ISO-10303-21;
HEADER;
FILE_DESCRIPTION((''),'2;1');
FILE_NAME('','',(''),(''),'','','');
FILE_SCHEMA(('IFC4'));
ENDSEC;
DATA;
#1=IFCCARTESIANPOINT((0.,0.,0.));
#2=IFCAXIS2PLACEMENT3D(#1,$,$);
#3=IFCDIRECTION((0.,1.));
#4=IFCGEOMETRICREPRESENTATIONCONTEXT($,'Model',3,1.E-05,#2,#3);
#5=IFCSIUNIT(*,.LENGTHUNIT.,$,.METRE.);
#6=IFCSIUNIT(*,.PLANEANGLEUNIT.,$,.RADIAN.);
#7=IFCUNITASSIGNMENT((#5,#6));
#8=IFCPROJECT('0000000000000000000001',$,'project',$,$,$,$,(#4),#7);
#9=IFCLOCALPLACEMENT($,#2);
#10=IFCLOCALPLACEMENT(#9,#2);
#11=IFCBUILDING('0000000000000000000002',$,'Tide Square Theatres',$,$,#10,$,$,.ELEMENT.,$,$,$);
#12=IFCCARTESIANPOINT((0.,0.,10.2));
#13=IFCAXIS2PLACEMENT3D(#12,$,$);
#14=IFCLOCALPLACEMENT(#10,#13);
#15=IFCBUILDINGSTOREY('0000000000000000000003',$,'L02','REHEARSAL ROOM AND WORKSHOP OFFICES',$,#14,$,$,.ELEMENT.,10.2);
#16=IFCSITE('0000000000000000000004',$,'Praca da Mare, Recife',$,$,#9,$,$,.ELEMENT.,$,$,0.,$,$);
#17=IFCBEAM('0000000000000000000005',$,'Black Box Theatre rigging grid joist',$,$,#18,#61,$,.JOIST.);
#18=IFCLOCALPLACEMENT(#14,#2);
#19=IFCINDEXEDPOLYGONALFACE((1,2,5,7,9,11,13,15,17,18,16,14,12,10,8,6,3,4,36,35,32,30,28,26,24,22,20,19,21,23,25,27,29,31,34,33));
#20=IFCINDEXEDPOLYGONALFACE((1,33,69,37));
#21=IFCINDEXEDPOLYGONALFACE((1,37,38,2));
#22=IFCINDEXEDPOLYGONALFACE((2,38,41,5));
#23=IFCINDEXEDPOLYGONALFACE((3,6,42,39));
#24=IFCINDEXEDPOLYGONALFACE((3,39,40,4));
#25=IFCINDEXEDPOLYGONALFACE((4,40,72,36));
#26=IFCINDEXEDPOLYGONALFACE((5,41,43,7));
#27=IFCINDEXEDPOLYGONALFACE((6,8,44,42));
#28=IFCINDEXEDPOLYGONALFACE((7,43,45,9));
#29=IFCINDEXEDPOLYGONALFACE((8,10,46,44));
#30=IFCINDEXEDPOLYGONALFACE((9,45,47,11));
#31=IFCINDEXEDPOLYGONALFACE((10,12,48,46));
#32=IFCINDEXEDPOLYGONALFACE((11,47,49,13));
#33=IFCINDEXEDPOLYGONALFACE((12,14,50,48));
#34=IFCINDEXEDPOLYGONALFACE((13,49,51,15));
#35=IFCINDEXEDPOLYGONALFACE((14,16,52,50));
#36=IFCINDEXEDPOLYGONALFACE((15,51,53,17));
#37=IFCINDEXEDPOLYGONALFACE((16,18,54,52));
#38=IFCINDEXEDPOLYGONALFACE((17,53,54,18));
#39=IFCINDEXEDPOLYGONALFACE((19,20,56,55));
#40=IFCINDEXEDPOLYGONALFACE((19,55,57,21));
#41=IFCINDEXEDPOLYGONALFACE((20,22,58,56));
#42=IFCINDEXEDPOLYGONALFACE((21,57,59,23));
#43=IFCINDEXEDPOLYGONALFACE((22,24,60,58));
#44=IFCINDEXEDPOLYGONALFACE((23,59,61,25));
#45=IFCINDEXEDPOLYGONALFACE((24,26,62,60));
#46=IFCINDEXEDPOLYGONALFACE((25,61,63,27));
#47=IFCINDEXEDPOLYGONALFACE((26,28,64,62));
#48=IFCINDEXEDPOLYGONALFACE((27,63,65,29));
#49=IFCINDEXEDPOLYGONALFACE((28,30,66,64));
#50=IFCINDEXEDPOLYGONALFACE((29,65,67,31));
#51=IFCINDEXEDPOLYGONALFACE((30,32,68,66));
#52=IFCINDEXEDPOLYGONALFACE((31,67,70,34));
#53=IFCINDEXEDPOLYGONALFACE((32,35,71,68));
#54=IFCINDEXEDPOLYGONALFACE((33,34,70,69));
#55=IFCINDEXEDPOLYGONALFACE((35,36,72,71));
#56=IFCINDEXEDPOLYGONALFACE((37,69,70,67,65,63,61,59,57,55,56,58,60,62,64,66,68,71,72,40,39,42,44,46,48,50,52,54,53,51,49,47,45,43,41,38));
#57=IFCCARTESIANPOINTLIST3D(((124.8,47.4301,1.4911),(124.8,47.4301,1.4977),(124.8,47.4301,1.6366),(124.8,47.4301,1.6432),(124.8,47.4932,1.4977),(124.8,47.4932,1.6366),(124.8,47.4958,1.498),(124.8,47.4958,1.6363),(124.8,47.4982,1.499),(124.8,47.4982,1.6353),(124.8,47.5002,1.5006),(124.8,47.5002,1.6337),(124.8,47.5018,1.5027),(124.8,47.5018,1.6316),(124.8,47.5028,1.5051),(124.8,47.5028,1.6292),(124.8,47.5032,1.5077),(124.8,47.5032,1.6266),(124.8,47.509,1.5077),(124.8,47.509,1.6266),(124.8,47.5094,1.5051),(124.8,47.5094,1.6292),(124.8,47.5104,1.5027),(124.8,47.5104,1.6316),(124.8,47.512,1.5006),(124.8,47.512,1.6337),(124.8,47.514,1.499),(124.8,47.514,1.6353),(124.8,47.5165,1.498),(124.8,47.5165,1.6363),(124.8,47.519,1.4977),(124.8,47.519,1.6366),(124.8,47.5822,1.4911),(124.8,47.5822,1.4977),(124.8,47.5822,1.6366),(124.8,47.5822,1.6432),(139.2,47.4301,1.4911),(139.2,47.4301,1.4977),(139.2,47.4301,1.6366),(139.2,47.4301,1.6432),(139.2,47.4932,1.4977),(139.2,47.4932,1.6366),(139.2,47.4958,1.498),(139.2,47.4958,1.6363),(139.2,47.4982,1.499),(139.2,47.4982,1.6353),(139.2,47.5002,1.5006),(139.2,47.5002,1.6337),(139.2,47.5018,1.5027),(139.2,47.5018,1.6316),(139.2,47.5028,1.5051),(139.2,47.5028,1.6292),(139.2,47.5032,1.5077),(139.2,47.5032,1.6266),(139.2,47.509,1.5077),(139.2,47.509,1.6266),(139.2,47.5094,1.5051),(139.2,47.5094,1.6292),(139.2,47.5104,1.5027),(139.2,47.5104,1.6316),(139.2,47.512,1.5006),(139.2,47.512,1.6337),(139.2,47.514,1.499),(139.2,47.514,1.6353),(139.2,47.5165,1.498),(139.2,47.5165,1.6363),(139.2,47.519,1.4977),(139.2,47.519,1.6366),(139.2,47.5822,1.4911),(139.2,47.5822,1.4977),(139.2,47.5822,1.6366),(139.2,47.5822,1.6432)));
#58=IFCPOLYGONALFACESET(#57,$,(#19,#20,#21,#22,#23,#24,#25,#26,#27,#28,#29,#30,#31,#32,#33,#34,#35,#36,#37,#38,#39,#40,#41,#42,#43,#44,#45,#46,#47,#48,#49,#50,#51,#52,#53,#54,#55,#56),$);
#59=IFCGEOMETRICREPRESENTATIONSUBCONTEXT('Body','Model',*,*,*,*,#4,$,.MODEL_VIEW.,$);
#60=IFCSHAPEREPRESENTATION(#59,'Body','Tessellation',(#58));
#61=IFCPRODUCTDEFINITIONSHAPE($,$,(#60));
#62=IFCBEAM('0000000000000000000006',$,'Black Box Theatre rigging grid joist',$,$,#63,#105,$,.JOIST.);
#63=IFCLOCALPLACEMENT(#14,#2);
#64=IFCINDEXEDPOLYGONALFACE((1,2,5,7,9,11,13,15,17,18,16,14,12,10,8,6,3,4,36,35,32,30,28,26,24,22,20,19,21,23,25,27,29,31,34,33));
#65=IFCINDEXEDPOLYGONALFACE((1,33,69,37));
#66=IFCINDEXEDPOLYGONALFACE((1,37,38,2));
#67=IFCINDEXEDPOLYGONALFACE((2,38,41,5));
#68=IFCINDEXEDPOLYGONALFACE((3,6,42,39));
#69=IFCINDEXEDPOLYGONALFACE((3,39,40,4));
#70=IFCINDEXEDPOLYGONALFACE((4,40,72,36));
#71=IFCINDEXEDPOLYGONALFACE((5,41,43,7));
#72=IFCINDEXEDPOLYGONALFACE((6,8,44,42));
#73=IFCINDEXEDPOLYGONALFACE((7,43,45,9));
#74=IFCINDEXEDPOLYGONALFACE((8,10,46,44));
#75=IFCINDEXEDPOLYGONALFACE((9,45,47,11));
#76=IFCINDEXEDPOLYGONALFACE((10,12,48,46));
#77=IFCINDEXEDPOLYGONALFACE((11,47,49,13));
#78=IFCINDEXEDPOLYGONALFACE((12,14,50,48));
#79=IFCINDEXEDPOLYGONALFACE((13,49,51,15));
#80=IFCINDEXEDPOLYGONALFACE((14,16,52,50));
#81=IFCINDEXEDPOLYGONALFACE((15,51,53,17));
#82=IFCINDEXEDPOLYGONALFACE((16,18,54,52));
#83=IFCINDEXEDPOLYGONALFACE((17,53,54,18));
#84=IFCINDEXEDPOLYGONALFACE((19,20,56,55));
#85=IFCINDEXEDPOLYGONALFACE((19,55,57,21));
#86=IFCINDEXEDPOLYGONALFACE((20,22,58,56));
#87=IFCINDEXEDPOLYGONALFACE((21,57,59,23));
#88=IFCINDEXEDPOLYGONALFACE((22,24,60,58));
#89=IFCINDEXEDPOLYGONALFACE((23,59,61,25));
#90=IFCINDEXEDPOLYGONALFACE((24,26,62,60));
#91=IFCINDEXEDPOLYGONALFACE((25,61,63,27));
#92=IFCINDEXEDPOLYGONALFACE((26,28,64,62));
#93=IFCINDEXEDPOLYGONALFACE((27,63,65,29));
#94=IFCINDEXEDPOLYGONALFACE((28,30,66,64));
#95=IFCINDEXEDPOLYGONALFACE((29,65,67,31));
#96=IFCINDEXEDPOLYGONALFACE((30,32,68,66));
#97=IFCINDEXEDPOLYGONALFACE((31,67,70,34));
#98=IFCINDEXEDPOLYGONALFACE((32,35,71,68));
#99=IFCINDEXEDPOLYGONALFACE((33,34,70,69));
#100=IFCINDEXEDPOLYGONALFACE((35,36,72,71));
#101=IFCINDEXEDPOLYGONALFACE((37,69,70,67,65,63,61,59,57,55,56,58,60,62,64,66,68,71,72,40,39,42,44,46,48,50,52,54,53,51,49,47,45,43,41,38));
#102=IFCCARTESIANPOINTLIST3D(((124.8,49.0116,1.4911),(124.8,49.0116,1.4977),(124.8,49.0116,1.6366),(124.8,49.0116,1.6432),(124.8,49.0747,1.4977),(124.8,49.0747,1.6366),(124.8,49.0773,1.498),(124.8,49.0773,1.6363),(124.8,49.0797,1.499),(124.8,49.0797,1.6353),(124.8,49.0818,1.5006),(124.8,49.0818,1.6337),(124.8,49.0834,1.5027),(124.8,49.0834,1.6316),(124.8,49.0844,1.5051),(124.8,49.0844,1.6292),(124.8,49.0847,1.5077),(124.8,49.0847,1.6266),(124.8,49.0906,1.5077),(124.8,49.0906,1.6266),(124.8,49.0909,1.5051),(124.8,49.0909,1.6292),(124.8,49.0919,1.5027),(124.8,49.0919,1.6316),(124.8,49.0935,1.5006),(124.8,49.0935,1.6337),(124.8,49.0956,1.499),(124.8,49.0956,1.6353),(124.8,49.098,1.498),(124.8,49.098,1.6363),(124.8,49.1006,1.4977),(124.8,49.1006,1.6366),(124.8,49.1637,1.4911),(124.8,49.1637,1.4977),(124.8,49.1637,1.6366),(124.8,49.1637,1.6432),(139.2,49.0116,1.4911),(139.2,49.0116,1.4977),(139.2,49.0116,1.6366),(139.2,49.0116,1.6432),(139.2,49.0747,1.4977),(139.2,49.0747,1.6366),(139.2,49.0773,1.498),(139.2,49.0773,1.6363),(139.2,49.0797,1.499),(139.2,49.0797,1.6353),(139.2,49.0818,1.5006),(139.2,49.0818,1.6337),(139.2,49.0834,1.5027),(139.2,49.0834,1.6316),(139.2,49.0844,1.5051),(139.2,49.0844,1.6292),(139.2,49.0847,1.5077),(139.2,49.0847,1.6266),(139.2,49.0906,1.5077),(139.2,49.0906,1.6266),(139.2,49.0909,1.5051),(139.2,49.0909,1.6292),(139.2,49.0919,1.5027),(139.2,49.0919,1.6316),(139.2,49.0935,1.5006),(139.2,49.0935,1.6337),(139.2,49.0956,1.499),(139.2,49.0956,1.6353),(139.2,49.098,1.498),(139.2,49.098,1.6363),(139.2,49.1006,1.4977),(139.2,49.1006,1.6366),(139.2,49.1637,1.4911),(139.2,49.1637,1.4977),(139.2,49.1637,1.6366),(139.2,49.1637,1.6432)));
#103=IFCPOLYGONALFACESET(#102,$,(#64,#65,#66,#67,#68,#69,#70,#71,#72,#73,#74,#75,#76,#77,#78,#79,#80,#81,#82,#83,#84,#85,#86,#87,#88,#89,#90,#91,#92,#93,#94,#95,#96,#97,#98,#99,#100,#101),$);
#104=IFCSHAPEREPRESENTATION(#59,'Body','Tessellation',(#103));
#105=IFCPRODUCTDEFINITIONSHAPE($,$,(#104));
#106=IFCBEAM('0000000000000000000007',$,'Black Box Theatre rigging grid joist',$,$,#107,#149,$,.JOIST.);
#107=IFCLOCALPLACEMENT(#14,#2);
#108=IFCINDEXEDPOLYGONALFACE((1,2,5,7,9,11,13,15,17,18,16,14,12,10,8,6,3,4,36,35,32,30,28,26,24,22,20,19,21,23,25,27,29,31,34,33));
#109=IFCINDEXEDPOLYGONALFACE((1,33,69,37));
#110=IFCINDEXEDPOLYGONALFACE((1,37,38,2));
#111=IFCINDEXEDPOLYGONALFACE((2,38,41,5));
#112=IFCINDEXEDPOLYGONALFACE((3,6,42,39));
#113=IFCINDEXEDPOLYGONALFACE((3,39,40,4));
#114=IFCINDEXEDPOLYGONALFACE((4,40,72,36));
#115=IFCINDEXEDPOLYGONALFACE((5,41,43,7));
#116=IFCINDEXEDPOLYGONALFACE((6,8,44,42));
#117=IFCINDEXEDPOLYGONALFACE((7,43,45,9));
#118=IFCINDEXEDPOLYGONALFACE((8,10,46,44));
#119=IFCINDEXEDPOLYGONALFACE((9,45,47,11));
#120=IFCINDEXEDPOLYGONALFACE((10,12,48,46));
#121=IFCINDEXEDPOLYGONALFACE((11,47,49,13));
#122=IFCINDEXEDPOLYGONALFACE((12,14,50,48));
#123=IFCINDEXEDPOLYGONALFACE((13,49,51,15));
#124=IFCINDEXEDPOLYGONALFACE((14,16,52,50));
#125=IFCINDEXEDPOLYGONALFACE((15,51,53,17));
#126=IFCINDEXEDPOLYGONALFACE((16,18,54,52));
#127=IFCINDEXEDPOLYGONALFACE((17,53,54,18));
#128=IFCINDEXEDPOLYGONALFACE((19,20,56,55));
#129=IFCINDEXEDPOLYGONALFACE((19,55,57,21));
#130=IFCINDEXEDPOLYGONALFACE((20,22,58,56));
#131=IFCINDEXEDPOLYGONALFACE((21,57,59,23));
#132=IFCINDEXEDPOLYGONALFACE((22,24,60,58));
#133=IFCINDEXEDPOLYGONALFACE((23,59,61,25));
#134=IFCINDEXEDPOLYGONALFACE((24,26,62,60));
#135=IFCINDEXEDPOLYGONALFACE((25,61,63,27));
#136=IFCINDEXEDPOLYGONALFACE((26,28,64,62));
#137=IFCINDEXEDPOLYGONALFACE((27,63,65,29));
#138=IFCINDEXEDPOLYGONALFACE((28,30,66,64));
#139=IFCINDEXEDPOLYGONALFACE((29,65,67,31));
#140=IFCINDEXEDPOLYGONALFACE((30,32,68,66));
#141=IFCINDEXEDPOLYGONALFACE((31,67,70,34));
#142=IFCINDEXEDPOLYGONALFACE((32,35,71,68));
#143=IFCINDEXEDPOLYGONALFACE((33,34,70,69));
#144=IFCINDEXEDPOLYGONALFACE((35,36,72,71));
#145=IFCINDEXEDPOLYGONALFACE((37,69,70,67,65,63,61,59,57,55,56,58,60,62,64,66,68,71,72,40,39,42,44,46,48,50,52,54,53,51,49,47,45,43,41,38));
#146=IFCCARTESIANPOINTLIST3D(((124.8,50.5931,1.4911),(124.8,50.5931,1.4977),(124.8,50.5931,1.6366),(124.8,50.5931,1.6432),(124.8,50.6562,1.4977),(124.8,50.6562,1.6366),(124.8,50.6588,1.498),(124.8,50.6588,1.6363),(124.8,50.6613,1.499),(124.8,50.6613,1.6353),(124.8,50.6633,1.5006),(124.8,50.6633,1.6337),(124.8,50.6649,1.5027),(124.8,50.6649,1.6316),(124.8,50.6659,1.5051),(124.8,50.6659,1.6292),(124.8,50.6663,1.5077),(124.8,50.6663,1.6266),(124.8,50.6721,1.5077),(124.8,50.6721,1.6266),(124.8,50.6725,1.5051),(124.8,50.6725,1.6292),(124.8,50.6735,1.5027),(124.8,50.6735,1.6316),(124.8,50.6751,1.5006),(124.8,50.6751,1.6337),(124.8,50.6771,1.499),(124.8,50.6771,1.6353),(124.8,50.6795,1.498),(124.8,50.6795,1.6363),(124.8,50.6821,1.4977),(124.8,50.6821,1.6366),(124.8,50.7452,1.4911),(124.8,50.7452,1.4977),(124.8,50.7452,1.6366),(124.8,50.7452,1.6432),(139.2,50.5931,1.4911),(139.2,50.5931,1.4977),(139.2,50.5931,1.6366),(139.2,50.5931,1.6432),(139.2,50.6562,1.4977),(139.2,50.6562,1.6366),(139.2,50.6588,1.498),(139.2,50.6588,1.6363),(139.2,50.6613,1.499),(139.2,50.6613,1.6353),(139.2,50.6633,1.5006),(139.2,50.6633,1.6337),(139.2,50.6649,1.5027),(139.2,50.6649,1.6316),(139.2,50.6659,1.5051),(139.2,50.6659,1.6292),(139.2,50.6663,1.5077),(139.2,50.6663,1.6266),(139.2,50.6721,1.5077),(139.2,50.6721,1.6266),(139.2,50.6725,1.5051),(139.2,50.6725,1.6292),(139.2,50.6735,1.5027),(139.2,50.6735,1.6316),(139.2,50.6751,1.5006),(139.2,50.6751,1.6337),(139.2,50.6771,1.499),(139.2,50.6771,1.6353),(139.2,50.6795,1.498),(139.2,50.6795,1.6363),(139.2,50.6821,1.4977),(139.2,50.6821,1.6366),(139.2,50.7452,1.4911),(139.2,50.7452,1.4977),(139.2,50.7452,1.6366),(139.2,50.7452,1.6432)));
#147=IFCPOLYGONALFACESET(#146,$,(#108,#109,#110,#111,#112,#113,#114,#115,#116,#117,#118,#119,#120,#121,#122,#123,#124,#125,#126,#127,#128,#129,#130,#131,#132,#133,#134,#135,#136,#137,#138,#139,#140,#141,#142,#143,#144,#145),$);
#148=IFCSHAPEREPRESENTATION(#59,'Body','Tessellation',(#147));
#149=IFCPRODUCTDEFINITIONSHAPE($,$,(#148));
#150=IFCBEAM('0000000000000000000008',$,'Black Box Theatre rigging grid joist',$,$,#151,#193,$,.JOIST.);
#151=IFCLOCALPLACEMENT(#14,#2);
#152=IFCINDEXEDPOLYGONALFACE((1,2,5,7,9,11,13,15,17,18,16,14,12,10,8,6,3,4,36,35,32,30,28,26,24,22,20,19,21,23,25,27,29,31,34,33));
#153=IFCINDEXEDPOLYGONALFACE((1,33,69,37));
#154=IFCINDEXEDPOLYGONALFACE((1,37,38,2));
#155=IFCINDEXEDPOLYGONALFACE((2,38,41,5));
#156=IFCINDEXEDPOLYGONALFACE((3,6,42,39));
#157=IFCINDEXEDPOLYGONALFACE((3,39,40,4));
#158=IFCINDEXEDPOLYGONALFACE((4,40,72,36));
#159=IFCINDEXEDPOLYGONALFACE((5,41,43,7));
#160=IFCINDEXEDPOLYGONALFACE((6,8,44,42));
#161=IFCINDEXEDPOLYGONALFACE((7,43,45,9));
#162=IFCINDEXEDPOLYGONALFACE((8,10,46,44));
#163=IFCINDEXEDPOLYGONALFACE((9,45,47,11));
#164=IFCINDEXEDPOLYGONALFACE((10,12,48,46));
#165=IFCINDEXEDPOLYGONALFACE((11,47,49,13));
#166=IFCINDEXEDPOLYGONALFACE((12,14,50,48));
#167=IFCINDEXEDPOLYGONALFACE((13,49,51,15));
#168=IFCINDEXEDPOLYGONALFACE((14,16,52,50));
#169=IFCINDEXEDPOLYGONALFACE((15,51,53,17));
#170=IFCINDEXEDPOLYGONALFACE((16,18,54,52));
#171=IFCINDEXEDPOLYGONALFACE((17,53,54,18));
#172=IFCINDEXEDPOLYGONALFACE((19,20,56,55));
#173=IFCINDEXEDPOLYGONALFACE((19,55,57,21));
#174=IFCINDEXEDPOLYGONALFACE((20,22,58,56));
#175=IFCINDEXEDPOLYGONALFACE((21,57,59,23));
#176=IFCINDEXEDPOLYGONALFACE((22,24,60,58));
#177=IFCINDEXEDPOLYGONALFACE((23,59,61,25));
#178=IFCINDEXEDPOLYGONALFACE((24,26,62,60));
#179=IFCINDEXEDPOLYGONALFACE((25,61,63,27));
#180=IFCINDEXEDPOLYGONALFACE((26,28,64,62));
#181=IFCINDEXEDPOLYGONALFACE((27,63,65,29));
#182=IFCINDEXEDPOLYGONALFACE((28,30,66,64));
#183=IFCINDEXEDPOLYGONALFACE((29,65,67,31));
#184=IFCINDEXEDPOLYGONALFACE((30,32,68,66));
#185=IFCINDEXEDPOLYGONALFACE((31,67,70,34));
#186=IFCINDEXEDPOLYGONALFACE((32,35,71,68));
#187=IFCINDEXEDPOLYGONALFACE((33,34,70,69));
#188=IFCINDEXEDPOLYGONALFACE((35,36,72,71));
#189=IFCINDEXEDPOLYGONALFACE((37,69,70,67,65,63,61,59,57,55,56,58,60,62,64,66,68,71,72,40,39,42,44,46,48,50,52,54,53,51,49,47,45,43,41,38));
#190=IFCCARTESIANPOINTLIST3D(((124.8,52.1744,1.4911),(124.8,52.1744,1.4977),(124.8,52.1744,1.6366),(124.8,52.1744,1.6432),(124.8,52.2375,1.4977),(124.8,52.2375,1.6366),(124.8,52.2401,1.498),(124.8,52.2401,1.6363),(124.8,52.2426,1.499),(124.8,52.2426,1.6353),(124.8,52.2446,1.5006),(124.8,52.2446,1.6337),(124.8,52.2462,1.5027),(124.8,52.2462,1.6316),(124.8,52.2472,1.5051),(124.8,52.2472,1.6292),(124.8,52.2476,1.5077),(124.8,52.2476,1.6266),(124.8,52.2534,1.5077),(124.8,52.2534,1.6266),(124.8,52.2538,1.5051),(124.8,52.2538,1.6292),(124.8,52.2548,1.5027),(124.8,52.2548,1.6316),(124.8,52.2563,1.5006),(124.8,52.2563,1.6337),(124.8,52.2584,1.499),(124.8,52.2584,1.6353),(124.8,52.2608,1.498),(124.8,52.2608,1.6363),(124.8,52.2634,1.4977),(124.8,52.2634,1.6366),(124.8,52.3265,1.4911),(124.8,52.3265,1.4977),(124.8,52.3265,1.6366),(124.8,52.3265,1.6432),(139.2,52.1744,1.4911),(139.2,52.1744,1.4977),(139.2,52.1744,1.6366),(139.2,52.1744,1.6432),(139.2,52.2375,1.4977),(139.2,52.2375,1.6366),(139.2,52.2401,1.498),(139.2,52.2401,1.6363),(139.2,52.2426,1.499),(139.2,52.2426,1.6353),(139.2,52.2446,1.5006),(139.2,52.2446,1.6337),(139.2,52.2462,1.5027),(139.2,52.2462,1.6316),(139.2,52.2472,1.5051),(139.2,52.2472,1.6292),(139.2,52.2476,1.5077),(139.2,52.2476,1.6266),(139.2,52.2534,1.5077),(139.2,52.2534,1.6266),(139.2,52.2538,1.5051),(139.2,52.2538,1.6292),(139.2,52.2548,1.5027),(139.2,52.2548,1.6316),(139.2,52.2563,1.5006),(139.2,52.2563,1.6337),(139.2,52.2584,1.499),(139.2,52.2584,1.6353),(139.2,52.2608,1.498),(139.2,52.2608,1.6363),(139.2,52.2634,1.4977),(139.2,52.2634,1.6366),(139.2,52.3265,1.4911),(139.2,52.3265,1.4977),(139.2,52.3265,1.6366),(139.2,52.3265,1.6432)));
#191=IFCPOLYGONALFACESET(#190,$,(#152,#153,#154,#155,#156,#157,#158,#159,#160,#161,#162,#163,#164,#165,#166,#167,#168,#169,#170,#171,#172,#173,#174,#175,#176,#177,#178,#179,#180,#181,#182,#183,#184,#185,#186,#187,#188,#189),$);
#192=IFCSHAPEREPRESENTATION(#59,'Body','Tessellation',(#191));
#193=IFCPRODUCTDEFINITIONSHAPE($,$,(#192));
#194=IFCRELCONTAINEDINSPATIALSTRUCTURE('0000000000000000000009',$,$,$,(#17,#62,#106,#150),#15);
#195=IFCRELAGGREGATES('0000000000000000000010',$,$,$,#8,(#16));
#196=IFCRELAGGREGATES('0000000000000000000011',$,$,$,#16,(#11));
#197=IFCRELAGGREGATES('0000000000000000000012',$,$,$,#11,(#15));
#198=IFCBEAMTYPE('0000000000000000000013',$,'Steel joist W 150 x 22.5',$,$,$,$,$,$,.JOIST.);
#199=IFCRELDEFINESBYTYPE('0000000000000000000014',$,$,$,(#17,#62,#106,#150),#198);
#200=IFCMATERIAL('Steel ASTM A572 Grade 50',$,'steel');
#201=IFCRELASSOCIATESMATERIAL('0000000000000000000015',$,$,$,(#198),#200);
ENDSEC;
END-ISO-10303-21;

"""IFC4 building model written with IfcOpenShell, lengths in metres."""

from ifc_helpers import new_model, si_unit, direction, frame, origin, origin_2d, place, context, subcontext, project, spatial, i_section, extrude, material, material_profile, profile_set, type_object, element, save


model = new_model("IFC4")

# Units and contexts
model_context = context("Model", 3, precision=1e-05, world=origin(), true_north=direction((0.0, 1.0)))
body_context = subcontext(model_context, "Body", "Model", "MODEL_VIEW")
ifc_project = project(units=[si_unit("LENGTHUNIT", "METRE"), si_unit("PLANEANGLEUNIT", "RADIAN")], contexts=[model_context])

# Site, building, storey
site_placement = place(None, origin())
site = spatial("IfcSite", under=ifc_project, at=site_placement, Name="Praca da Mare, Recife", CompositionType="ELEMENT", RefElevation=0.0)
building_placement = place(site_placement, origin())
building = spatial("IfcBuilding", under=site, at=building_placement, Name="Tide Square Theatres", CompositionType="ELEMENT")
storey_placement = place(building_placement, frame((0.0, 0.0, 10.2)))
storey = spatial("IfcBuildingStorey", under=building, at=storey_placement, Name="L02", Description="REHEARSAL ROOM AND WORKSHOP OFFICES", CompositionType="ELEMENT", Elevation=10.2)

# Beams
ifc_material_1 = material(Name="Steel ASTM A572 Grade 50", Category="steel")
ifc_material_profile_1 = material_profile(ifc_material_1, i_section(OverallWidth=0.1521, OverallDepth=0.1521, WebThickness=0.0059, FlangeThickness=0.0066, FilletRadius=0.01, at=origin_2d()))
ifc_profile_set_1 = profile_set([ifc_material_profile_1], Name="Steel ASTM A572 Grade 50")
beam_type_1 = type_object("IfcBeamType", Name="Steel joist W 150 x 22.5", PredefinedType="JOIST", material=ifc_profile_set_1)
for number, where, z_axis, x_axis, name in (
    (1, (139.2, 47.5061, 1.5671), (-1.0, 0.0, 0.0), (0.0, -1.0, 0.0), "Black Box Theatre rigging grid joist"),
    (2, (139.2, 49.0876, 1.5671), (-1.0, 0.0, 0.0), (0.0, -1.0, 0.0), "Black Box Theatre rigging grid joist"),
    (3, (139.2, 50.6692, 1.5671), (-1.0, 0.0, 0.0), (0.0, -1.0, 0.0), "Black Box Theatre rigging grid joist"),
    (4, (139.2, 52.2505, 1.5671), (-1.0, 0.0, 0.0), (0.0, -1.0, 0.0), "Black Box Theatre rigging grid joist"),
):
    element("IfcBeam", number, at=place(storey_placement, frame(where, z_axis=z_axis, x_axis=x_axis)), inside=storey, type_object=beam_type_1, Name=name, PredefinedType="JOIST", context=body_context, shape_type="SweptSolid", body=[
        extrude(i_section(OverallWidth=0.1521, OverallDepth=0.1521, WebThickness=0.0059, FlangeThickness=0.0066, FilletRadius=0.01, at=origin_2d()), origin(), (0.0, 0.0, 1.0), 14.3999),
    ])

save(model, "model.ifc")
